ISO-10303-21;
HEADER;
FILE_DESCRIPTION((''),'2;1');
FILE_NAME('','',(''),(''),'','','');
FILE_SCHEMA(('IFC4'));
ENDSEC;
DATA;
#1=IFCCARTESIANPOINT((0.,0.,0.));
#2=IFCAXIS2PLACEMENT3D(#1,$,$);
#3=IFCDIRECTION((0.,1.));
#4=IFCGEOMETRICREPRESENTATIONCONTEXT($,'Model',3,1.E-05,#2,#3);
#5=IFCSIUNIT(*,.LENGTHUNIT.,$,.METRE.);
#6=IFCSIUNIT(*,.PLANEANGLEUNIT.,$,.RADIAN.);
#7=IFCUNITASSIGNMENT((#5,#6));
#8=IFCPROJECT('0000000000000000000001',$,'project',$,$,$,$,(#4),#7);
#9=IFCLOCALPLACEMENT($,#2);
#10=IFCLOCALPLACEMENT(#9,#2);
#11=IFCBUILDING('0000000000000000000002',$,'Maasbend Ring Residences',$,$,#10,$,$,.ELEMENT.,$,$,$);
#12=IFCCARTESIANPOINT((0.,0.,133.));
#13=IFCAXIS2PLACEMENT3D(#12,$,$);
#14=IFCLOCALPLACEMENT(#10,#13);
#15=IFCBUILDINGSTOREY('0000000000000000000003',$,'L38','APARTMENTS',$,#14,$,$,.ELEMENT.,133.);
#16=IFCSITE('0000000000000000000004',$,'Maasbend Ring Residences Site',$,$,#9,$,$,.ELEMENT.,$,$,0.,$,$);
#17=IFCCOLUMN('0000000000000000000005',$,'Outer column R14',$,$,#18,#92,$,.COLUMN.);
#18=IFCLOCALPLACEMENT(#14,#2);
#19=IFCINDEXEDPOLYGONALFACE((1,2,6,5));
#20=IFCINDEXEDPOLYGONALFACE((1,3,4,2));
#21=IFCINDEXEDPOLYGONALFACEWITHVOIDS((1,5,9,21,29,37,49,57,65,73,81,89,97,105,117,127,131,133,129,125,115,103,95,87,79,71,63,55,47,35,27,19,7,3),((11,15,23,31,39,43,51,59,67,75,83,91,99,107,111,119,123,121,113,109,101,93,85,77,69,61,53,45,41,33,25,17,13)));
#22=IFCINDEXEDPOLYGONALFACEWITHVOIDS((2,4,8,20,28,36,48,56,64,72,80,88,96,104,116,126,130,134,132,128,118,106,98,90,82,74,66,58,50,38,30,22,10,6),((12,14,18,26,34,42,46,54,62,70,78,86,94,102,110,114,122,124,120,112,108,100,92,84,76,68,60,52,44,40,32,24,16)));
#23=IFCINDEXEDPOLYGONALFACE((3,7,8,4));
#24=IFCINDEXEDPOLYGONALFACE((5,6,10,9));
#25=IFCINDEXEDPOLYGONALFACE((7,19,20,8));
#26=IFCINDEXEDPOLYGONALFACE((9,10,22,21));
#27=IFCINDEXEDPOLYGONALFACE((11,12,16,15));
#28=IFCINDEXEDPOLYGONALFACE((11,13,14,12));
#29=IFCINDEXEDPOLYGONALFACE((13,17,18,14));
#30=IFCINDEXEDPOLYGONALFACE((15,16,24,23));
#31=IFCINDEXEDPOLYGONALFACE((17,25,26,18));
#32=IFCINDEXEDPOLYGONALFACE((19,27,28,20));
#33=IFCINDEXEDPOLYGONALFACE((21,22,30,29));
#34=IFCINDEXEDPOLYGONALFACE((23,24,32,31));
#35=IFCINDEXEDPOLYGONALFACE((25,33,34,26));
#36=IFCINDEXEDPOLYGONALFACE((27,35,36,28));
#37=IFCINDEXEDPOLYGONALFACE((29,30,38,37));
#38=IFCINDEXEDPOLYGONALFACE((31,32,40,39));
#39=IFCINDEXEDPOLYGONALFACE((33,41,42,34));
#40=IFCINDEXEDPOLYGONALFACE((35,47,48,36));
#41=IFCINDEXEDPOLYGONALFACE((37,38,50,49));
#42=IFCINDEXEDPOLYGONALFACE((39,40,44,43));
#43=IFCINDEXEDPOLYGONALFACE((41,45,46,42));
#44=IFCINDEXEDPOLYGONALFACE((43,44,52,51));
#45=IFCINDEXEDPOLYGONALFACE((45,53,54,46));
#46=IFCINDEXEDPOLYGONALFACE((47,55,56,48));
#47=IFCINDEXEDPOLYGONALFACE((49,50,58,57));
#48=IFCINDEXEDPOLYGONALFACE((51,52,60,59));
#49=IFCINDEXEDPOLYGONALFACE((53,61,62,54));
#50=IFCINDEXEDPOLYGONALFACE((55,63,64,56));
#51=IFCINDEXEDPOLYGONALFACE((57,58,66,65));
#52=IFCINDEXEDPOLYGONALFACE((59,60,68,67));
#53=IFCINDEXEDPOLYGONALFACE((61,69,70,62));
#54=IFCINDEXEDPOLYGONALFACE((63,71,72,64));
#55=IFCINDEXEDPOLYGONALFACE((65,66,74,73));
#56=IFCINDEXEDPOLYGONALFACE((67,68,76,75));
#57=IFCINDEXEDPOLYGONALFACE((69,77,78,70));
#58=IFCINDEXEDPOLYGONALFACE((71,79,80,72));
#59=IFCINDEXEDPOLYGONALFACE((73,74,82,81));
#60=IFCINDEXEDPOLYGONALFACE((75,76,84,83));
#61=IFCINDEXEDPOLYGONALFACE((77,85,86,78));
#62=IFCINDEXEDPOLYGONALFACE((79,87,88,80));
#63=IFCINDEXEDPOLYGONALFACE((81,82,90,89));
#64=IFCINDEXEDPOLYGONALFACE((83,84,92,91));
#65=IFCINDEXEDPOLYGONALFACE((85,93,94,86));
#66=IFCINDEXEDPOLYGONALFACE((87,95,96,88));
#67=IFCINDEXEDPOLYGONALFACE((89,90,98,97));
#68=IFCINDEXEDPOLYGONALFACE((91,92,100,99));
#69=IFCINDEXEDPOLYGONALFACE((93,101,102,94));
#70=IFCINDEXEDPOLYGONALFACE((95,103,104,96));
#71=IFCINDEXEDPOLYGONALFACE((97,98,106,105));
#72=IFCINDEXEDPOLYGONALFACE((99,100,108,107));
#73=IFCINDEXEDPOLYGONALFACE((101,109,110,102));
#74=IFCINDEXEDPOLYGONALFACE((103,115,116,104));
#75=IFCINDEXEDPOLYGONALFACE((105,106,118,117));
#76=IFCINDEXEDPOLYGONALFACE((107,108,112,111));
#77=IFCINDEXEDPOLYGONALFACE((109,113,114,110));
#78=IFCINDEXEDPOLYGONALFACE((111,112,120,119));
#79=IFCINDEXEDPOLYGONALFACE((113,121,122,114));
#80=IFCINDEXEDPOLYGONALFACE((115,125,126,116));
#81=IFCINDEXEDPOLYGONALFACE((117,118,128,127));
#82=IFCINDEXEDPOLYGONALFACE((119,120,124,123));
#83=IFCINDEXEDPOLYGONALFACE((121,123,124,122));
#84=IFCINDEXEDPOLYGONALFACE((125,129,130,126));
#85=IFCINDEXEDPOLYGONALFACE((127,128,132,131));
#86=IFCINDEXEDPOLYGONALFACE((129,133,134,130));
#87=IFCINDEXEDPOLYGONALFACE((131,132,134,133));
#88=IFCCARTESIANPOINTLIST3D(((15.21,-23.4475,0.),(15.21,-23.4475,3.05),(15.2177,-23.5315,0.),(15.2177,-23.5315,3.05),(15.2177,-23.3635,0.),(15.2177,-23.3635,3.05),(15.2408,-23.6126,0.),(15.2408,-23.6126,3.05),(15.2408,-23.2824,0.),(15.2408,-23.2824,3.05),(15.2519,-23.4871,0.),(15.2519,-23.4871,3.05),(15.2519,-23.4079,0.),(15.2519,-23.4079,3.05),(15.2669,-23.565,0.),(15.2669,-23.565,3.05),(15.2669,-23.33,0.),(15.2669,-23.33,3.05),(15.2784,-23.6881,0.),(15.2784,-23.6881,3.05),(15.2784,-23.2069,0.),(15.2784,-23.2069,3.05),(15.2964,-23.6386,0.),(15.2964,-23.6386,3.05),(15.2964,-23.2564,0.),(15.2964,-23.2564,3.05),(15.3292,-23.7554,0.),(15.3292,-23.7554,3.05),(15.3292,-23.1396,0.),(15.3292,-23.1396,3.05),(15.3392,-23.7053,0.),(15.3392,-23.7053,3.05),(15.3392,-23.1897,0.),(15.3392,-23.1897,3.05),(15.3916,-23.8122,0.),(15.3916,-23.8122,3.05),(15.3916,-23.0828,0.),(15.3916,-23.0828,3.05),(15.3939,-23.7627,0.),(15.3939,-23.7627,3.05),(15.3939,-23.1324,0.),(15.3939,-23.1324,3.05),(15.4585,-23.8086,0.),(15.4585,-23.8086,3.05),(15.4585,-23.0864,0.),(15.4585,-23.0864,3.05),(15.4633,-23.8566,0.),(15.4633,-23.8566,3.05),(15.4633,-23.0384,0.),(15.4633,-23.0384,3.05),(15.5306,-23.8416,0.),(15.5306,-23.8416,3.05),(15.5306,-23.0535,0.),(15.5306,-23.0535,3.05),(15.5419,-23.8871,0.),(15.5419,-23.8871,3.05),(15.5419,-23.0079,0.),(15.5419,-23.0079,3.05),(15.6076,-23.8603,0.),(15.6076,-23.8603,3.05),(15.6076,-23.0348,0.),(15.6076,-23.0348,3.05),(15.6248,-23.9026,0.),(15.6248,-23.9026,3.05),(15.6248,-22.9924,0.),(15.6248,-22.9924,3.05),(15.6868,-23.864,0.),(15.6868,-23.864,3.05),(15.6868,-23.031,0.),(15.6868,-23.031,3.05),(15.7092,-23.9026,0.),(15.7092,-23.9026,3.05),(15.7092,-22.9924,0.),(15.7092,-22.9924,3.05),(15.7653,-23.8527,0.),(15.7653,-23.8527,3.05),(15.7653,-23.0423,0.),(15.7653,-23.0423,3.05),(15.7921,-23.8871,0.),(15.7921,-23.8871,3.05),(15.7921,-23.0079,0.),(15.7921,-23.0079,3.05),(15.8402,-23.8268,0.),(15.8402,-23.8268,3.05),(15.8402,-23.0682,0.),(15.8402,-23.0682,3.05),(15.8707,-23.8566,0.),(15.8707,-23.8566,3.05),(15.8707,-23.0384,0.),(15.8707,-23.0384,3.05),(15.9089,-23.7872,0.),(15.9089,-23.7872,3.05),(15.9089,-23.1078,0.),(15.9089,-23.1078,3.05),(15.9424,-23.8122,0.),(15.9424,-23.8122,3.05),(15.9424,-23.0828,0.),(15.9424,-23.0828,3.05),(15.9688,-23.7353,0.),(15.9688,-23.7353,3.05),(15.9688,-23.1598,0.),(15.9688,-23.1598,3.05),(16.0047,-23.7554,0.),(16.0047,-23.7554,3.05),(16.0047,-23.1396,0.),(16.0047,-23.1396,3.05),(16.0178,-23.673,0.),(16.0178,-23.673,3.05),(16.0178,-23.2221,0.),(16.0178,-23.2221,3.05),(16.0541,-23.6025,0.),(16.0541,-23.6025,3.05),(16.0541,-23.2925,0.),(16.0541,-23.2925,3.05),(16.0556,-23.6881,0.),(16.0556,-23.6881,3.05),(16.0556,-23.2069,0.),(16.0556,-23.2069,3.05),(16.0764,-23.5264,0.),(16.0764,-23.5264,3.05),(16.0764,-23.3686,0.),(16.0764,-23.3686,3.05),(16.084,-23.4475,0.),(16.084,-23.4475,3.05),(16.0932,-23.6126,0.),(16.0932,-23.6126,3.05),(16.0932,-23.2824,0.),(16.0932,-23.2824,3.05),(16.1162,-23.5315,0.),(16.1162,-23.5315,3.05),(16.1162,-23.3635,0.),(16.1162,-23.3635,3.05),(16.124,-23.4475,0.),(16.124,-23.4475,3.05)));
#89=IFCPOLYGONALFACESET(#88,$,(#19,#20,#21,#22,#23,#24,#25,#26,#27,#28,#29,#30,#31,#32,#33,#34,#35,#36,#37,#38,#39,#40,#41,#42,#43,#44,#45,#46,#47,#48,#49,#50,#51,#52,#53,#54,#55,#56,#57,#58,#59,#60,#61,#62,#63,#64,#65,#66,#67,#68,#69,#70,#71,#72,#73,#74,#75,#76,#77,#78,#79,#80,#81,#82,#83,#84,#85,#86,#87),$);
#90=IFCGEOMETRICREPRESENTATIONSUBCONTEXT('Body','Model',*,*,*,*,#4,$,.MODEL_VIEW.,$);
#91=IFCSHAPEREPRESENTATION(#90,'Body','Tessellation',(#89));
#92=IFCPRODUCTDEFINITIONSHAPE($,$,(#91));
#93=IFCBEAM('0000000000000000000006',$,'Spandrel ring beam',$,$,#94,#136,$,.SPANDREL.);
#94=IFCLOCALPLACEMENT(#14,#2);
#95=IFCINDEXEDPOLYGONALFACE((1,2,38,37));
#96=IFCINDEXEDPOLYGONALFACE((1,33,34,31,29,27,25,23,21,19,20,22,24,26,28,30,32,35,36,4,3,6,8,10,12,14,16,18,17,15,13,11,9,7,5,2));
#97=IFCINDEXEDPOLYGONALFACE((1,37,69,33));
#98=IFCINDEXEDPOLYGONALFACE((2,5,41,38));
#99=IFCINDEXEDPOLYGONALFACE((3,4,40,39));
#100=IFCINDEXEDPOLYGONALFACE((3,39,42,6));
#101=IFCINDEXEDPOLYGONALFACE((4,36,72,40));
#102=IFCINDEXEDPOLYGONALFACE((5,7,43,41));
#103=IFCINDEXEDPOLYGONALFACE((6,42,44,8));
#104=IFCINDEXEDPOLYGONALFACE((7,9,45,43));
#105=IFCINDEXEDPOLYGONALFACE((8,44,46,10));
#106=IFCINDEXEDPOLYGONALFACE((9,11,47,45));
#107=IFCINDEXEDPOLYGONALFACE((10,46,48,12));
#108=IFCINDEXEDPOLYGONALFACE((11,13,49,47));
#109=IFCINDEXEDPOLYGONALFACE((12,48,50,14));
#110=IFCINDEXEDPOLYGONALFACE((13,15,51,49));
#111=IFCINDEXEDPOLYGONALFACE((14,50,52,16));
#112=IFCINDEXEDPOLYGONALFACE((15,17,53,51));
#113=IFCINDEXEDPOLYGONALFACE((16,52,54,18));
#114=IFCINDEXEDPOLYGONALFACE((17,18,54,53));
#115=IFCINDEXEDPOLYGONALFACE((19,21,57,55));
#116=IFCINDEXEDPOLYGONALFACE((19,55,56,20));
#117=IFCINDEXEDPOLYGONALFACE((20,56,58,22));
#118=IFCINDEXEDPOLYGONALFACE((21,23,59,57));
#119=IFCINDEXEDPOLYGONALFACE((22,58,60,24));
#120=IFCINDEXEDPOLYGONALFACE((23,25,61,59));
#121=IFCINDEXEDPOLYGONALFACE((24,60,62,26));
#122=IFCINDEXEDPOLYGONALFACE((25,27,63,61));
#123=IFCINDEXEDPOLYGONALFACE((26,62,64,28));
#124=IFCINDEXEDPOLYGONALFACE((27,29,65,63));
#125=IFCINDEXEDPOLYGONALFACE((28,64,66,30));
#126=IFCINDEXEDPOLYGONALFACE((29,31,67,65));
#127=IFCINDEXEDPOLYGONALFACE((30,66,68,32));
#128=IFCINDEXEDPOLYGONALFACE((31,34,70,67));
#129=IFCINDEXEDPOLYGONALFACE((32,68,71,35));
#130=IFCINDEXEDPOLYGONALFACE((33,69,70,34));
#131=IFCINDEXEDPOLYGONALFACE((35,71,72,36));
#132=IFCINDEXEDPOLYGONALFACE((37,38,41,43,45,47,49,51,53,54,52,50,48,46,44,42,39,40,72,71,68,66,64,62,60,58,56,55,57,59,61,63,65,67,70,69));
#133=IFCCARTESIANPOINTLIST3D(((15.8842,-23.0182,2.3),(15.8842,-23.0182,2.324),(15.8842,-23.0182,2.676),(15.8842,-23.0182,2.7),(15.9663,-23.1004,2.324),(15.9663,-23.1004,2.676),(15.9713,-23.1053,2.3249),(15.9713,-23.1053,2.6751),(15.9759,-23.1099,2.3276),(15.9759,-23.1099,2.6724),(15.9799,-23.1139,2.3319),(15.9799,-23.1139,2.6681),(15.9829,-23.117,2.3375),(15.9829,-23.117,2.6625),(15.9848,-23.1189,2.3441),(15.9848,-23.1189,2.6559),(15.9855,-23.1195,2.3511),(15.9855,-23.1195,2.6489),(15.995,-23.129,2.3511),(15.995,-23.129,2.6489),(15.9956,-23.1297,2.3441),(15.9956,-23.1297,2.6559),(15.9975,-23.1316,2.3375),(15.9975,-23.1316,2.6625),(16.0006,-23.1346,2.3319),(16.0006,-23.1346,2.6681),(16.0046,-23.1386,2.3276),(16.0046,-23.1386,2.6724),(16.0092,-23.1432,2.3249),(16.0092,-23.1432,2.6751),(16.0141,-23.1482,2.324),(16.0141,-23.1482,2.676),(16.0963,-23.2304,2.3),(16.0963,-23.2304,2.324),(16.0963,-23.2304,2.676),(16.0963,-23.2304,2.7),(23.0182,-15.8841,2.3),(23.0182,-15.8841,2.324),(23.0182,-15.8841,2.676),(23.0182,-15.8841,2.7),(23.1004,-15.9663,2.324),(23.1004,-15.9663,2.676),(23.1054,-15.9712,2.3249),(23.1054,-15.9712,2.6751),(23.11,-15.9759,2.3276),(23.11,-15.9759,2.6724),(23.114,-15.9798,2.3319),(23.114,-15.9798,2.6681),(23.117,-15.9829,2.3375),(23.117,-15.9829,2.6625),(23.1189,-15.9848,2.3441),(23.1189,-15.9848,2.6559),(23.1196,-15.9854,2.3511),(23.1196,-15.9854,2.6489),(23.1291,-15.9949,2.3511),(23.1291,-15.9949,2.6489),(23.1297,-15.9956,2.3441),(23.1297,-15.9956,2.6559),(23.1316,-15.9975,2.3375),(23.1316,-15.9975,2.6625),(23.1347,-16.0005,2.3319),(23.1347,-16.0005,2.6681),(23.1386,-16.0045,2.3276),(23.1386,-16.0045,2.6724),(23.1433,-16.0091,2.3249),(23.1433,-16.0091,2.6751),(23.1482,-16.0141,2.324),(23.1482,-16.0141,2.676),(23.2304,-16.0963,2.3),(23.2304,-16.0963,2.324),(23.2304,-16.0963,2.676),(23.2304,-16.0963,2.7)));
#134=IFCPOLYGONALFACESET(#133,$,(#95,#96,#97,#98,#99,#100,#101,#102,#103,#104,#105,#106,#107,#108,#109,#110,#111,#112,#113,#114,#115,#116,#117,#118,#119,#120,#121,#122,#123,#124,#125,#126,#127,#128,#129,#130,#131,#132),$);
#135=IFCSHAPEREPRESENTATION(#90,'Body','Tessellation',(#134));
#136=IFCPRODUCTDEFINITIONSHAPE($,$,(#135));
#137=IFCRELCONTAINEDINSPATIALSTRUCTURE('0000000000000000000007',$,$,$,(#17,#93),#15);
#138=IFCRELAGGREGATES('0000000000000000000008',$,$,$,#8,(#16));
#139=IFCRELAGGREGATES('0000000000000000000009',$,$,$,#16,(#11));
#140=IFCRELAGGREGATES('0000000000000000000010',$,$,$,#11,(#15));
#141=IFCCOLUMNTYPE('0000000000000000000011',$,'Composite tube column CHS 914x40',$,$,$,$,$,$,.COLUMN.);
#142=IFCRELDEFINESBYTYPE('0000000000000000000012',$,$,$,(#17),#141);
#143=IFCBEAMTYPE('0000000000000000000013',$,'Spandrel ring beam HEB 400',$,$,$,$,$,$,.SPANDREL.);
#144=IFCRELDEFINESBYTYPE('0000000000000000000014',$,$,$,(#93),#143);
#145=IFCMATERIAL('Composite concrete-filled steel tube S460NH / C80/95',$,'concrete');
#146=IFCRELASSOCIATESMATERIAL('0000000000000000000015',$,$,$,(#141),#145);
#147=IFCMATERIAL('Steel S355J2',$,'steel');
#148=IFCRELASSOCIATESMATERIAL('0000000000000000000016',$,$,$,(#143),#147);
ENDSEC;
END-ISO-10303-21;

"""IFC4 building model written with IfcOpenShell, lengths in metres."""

from ifc_helpers import new_model, si_unit, direction, frame, origin, origin_2d, place, context, subcontext, project, spatial, hollow_circle, i_section, extrude, material, material_profile, profile_set, type_object, element, save


model = new_model("IFC4")

# Units and contexts
model_context = context("Model", 3, precision=1e-05, world=origin(), true_north=direction((0.0, 1.0)))
body_context = subcontext(model_context, "Body", "Model", "MODEL_VIEW")
ifc_project = project(units=[si_unit("LENGTHUNIT", "METRE"), si_unit("PLANEANGLEUNIT", "RADIAN")], contexts=[model_context])

# Site, building, storey
site_placement = place(None, origin())
site = spatial("IfcSite", under=ifc_project, at=site_placement, Name="Maasbend Ring Residences Site", CompositionType="ELEMENT", RefElevation=0.0)
building_placement = place(site_placement, origin())
building = spatial("IfcBuilding", under=site, at=building_placement, Name="Maasbend Ring Residences", CompositionType="ELEMENT")
storey_placement = place(building_placement, frame((0.0, 0.0, 133.0)))
storey = spatial("IfcBuildingStorey", under=building, at=storey_placement, Name="L38", Description="APARTMENTS", CompositionType="ELEMENT", Elevation=133.0)

# Column
ifc_material_1 = material(Name="Composite concrete-filled steel tube S460NH / C80/95", Category="concrete")
ifc_material_profile_1 = material_profile(ifc_material_1, hollow_circle(Radius=0.457, WallThickness=0.04, at=origin_2d()), Name="Composite tube column CHS 914x40")
ifc_profile_set_1 = profile_set([ifc_material_profile_1], Name="Composite concrete-filled steel tube S460NH / C80/95")
column_type = type_object("IfcColumnType", Name="Composite tube column CHS 914x40", PredefinedType="COLUMN", material=ifc_profile_set_1)
column_placement = place(storey_placement, frame((15.667, -23.4475, 0.0), z_axis=(0.0, 0.0, 1.0), x_axis=(1.0, 0.0, 0.0)))
element("IfcColumn", 1, at=column_placement, inside=storey, type_object=column_type, Name="Outer column R14", PredefinedType="COLUMN", context=body_context, shape_type="SweptSolid", body=[
    extrude(hollow_circle(Radius=0.457, WallThickness=0.04, at=origin_2d()), origin(), (0.0, 0.0, 1.0), 3.05),
])

# Beam
ifc_material_2 = material(Name="Steel S355J2", Category="steel")
ifc_material_profile_2 = material_profile(ifc_material_2, i_section(OverallWidth=0.3, OverallDepth=0.3999, WebThickness=0.0134, FlangeThickness=0.0239, FilletRadius=0.0271, at=origin_2d()), Name="HEB 400")
ifc_profile_set_2 = profile_set([ifc_material_profile_2], Name="Steel S355J2")
beam_type = type_object("IfcBeamType", Name="Spandrel ring beam HEB 400", PredefinedType="SPANDREL", material=ifc_profile_set_2)
beam_placement = place(storey_placement, frame((15.9902, -23.1243, 2.5), z_axis=(0.707107, 0.707107, 0.0), x_axis=(-0.707107, 0.707107, 0.0)))
element("IfcBeam", 2, at=beam_placement, inside=storey, type_object=beam_type, Name="Spandrel ring beam", PredefinedType="SPANDREL", context=body_context, shape_type="SweptSolid", body=[
    extrude(i_section(OverallWidth=0.3, OverallDepth=0.3999, WebThickness=0.0134, FlangeThickness=0.0239, FilletRadius=0.0271, at=origin_2d()), origin(), (0.0, 0.0, 1.0), 10.0891),
])

save(model, "model.ifc")
